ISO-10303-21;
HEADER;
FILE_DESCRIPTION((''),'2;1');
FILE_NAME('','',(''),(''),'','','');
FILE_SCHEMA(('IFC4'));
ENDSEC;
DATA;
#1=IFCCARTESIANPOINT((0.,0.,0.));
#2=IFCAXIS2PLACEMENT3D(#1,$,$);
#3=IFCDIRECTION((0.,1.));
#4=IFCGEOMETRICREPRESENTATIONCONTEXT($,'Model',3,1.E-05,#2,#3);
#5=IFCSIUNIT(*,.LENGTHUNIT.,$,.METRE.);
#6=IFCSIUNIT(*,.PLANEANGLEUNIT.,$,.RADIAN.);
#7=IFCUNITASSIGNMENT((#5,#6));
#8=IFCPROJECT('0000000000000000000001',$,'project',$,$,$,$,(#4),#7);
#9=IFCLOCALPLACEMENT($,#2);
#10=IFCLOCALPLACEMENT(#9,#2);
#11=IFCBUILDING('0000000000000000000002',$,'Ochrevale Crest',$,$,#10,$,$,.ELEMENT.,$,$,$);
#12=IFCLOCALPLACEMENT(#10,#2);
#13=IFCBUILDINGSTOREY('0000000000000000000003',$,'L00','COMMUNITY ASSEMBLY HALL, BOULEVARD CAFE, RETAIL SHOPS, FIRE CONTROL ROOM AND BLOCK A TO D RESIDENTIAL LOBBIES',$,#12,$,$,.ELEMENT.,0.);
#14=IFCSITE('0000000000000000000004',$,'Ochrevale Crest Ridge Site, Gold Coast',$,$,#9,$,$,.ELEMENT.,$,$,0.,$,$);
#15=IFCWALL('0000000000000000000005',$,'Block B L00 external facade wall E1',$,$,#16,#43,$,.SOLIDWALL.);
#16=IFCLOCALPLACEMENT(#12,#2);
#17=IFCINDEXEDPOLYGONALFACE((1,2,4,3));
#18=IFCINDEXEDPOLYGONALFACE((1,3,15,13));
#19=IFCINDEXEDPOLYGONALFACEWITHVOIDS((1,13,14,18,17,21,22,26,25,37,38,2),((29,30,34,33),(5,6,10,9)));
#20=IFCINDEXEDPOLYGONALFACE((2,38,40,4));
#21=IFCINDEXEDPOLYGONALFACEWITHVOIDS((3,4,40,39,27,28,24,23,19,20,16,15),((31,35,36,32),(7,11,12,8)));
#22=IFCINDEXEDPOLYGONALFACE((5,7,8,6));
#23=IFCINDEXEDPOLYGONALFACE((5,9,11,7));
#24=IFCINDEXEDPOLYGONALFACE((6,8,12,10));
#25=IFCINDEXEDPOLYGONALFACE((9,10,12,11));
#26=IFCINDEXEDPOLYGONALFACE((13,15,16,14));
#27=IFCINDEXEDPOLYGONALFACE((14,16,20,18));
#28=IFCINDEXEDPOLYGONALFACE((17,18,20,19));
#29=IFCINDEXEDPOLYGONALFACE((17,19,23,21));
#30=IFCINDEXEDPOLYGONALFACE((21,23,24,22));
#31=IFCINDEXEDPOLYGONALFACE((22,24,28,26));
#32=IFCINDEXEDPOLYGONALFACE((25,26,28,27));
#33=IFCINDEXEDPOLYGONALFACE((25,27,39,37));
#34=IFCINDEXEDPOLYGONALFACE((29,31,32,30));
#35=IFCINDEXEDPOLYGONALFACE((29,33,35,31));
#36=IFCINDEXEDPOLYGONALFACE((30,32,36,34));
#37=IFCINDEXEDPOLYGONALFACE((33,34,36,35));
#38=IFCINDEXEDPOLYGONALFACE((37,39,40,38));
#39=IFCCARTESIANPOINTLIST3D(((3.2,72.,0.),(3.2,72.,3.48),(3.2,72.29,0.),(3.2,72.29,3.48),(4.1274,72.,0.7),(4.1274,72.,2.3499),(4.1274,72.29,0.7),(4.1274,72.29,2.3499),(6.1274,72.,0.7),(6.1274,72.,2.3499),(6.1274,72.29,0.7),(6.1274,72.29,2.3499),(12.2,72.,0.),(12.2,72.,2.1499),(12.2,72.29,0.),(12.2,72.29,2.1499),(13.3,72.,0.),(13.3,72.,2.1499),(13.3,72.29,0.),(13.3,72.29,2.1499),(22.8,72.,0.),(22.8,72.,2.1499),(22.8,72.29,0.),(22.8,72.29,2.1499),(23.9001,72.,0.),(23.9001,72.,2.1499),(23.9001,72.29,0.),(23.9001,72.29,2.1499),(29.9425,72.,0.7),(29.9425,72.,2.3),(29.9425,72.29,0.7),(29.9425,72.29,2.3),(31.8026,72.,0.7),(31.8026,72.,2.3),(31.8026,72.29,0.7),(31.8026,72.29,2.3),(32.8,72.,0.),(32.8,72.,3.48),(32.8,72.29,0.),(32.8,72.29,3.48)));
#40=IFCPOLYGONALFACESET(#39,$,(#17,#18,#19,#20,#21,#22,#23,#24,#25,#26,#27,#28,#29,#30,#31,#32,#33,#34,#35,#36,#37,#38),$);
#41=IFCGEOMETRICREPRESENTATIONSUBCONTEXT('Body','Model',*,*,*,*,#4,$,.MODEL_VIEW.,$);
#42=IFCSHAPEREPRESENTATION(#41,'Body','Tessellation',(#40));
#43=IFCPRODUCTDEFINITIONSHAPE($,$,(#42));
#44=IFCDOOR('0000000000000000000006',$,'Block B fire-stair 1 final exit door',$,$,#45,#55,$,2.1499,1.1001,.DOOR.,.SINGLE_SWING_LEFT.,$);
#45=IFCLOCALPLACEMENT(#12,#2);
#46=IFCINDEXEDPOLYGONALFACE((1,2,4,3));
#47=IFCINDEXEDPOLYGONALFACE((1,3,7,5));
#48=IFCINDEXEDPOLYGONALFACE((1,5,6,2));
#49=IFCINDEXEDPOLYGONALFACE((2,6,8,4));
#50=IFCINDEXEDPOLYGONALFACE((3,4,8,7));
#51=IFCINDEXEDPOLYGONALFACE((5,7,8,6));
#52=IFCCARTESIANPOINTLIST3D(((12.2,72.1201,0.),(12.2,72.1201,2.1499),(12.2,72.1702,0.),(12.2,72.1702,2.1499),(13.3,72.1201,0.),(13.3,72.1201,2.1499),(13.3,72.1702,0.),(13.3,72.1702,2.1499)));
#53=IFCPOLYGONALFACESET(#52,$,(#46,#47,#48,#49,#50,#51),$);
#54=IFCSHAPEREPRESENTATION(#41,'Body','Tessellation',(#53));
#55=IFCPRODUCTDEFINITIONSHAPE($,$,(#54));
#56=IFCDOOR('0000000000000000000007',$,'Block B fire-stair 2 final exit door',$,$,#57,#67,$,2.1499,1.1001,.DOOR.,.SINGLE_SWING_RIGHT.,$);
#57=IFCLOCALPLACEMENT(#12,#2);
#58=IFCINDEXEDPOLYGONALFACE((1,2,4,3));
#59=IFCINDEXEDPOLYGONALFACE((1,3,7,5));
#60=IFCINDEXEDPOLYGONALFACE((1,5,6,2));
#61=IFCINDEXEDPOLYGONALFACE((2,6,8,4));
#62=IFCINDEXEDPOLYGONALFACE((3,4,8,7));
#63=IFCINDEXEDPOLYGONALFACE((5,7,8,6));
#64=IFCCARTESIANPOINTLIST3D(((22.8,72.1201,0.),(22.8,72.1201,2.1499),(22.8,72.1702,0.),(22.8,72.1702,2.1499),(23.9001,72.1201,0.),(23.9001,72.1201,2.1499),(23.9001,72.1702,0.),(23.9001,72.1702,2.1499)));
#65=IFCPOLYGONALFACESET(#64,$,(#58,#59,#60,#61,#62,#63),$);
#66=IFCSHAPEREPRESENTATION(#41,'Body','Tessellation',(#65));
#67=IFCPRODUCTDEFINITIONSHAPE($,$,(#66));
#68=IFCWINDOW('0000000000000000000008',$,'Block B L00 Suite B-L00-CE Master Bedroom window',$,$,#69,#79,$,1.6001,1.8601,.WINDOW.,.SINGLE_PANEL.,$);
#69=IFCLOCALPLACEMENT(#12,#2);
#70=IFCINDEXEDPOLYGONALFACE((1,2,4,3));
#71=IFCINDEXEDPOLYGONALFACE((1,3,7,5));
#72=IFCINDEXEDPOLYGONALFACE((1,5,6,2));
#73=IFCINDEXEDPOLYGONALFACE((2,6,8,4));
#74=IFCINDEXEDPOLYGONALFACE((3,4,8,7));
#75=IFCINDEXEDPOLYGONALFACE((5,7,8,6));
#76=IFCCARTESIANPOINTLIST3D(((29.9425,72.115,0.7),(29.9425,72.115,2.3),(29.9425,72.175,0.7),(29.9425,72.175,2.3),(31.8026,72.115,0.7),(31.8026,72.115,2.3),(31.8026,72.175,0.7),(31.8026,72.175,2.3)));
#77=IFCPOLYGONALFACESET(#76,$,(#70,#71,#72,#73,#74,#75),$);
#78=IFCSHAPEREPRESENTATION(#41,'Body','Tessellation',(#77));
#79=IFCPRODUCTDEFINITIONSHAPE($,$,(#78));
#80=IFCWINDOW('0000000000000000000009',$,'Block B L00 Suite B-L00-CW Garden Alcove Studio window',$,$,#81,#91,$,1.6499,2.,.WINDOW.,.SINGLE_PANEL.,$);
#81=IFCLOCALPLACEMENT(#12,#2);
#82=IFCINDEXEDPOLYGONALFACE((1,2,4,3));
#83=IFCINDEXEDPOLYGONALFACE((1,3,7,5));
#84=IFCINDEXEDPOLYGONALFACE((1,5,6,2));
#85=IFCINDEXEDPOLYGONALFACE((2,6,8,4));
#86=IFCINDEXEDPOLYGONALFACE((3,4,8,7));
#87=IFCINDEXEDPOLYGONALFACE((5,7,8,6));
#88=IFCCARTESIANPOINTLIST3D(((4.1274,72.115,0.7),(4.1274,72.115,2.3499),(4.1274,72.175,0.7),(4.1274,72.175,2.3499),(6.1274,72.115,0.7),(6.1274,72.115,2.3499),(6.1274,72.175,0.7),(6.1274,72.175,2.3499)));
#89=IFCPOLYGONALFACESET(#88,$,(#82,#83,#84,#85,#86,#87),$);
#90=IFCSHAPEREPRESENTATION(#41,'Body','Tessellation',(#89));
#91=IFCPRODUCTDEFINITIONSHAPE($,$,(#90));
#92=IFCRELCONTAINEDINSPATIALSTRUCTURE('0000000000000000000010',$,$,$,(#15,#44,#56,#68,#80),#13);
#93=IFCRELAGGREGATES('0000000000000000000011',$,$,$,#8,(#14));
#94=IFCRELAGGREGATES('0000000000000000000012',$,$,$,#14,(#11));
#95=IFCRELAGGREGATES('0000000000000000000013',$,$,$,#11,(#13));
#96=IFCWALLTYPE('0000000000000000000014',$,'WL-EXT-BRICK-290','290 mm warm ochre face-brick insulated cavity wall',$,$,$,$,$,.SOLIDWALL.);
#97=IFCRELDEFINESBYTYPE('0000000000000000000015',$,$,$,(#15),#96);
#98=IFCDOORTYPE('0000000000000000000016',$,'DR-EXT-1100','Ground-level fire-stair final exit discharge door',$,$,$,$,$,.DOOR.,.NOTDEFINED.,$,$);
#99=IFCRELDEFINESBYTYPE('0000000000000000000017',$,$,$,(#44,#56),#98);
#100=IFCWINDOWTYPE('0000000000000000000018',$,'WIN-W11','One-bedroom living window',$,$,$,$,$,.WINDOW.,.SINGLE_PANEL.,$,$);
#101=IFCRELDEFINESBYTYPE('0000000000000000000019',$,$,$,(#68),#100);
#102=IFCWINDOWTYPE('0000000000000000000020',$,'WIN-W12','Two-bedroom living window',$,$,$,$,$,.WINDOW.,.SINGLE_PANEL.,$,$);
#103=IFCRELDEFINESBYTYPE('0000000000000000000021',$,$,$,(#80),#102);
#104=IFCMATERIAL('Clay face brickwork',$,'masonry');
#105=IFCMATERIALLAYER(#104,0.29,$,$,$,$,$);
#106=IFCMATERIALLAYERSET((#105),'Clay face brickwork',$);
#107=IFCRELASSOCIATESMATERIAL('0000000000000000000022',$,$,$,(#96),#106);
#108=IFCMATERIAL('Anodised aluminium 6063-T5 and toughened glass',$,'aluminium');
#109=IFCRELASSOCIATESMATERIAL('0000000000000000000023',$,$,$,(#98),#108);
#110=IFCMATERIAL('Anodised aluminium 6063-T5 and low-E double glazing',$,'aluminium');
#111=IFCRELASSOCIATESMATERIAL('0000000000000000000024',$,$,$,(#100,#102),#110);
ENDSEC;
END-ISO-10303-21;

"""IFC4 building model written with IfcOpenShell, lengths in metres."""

from ifc_helpers import new_model, si_unit, direction, frame, frame_2d, origin, place, context, subcontext, project, spatial, rectangle, extrude, material, layer, layer_set, type_object, element, fill, save


model = new_model("IFC4")

# Units and contexts
model_context = context("Model", 3, precision=1e-05, world=origin(), true_north=direction((0.0, 1.0)))
body_context = subcontext(model_context, "Body", "Model", "MODEL_VIEW")
ifc_project = project(units=[si_unit("LENGTHUNIT", "METRE"), si_unit("PLANEANGLEUNIT", "RADIAN")], contexts=[model_context])

# Site, building, storey
site_placement = place(None, origin())
site = spatial("IfcSite", under=ifc_project, at=site_placement, Name="Ochrevale Crest Ridge Site, Gold Coast", CompositionType="ELEMENT", RefElevation=0.0)
building_placement = place(site_placement, origin())
building = spatial("IfcBuilding", under=site, at=building_placement, Name="Ochrevale Crest", CompositionType="ELEMENT")
storey_placement = place(building_placement, origin())
storey = spatial("IfcBuildingStorey", under=building, at=storey_placement, Name="L00", Description="COMMUNITY ASSEMBLY HALL, BOULEVARD CAFE, RETAIL SHOPS, FIRE CONTROL ROOM AND BLOCK A TO D RESIDENTIAL LOBBIES", CompositionType="ELEMENT", Elevation=0.0)

# Shared definitions
ifc_material_1 = material(Name="Clay face brickwork", Category="masonry")
ifc_layer_1 = layer(ifc_material_1, 0.29)
ifc_layer_set_1 = layer_set([ifc_layer_1], Name="Clay face brickwork")
wall_type_1 = type_object("IfcWallType", Name="WL-EXT-BRICK-290", Description="290 mm warm ochre face-brick insulated cavity wall", PredefinedType="SOLIDWALL", material=ifc_layer_set_1)
ifc_material_2 = material(Name="Anodised aluminium 6063-T5 and low-E double glazing", Category="aluminium")

# Wall, openings, doors, windows
wall_1_placement = place(storey_placement, frame((3.2, 72.145, 0.0), z_axis=(0.0, 0.0, 1.0), x_axis=(1.0, 0.0, 0.0)))
wall_1 = element("IfcWall", 1, at=wall_1_placement, inside=storey, type_object=wall_type_1, Name="Block B L00 external facade wall E1", PredefinedType="SOLIDWALL", context=body_context, shape_type="SweptSolid", body=[
    extrude(rectangle(XDim=29.6001, YDim=0.29, at=frame_2d((14.8, 0.0))), origin(), (0.0, 0.0, 1.0), 3.48),
])
opening_1_placement = place(wall_1_placement, frame((10.1001, 0.0, 0.0), z_axis=(0.0, 0.0, 1.0), x_axis=(-1.0, 0.0, 0.0)))
opening_1 = element("IfcOpeningElement", 2, at=opening_1_placement, cuts=wall_1, PredefinedType="OPENING", context=body_context, shape_type="SweptSolid", body=[
    extrude(rectangle(XDim=1.1001, YDim=2.1499, at=frame_2d((0.55, 1.075))), frame((0.0, 0.155, 0.0), z_axis=(0.0, -1.0, 0.0), x_axis=(1.0, 0.0, 0.0)), (0.0, 0.0, 1.0), 0.3101),
])
opening_2_placement = place(wall_1_placement, frame((20.7002, 0.0, 0.0), z_axis=(0.0, 0.0, 1.0), x_axis=(-1.0, 0.0, 0.0)))
opening_2 = element("IfcOpeningElement", 3, at=opening_2_placement, cuts=wall_1, PredefinedType="OPENING", context=body_context, shape_type="SweptSolid", body=[
    extrude(rectangle(XDim=1.1001, YDim=2.1499, at=frame_2d((0.55, 1.075))), frame((0.0, 0.155, 0.0), z_axis=(0.0, -1.0, 0.0), x_axis=(1.0, 0.0, 0.0)), (0.0, 0.0, 1.0), 0.3101),
])
opening_3_placement = place(wall_1_placement, frame((26.7424, 0.0, 0.7)))
opening_3 = element("IfcOpeningElement", 4, at=opening_3_placement, cuts=wall_1, PredefinedType="OPENING", context=body_context, shape_type="SweptSolid", body=[
    extrude(rectangle(XDim=1.8601, YDim=1.6001, at=frame_2d((0.9302, 0.8))), frame((0.0, 0.155, 0.0), z_axis=(0.0, -1.0, 0.0), x_axis=(1.0, 0.0, 0.0)), (0.0, 0.0, 1.0), 0.3101),
])
opening_4_placement = place(wall_1_placement, frame((0.9275, 0.0, 0.7)))
opening_4 = element("IfcOpeningElement", 5, at=opening_4_placement, cuts=wall_1, PredefinedType="OPENING", context=body_context, shape_type="SweptSolid", body=[
    extrude(rectangle(XDim=2.0, YDim=1.6499, at=frame_2d((1.0, 0.825))), frame((0.0, 0.155, 0.0), z_axis=(0.0, -1.0, 0.0), x_axis=(1.0, 0.0, 0.0)), (0.0, 0.0, 1.0), 0.3101),
])
ifc_material_3 = material(Name="Anodised aluminium 6063-T5 and toughened glass", Category="aluminium")
door_type = type_object("IfcDoorType", Name="DR-EXT-1100", Description="Ground-level fire-stair final exit discharge door", OperationType="NOTDEFINED", PredefinedType="DOOR", material=ifc_material_3)
door_1_placement = place(opening_1_placement, origin())
door_1 = element("IfcDoor", 6, at=door_1_placement, inside=storey, type_object=door_type, Name="Block B fire-stair 1 final exit door", OperationType="SINGLE_SWING_LEFT", OverallHeight=2.1499, OverallWidth=1.1001, PredefinedType="DOOR", context=body_context, shape_type="SweptSolid", body=[
    extrude(rectangle(XDim=1.1001, YDim=2.1499, at=frame_2d((0.55, 1.075))), frame((0.0, 0.0249, 0.0), z_axis=(0.0, -1.0, 0.0), x_axis=(1.0, 0.0, 0.0)), (0.0, 0.0, 1.0), 0.05),
])
fill(opening_1, door_1)
door_2_placement = place(opening_2_placement, origin())
door_2 = element("IfcDoor", 7, at=door_2_placement, inside=storey, type_object=door_type, Name="Block B fire-stair 2 final exit door", OperationType="SINGLE_SWING_RIGHT", OverallHeight=2.1499, OverallWidth=1.1001, PredefinedType="DOOR", context=body_context, shape_type="SweptSolid", body=[
    extrude(rectangle(XDim=1.1001, YDim=2.1499, at=frame_2d((0.55, 1.075))), frame((0.0, 0.0249, 0.0), z_axis=(0.0, -1.0, 0.0), x_axis=(1.0, 0.0, 0.0)), (0.0, 0.0, 1.0), 0.05),
])
fill(opening_2, door_2)
window_type_1 = type_object("IfcWindowType", Name="WIN-W11", Description="One-bedroom living window", PartitioningType="SINGLE_PANEL", PredefinedType="WINDOW", material=ifc_material_2)
window_1_placement = place(opening_3_placement, origin())
window_1 = element("IfcWindow", 8, at=window_1_placement, inside=storey, type_object=window_type_1, Name="Block B L00 Suite B-L00-CE Master Bedroom window", OverallHeight=1.6001, OverallWidth=1.8601, PartitioningType="SINGLE_PANEL", PredefinedType="WINDOW", context=body_context, shape_type="SweptSolid", body=[
    extrude(rectangle(XDim=1.8601, YDim=1.6001, at=frame_2d((0.9302, 0.8))), frame((0.0, 0.03, 0.0), z_axis=(0.0, -1.0, 0.0), x_axis=(1.0, 0.0, 0.0)), (0.0, 0.0, 1.0), 0.0601),
])
fill(opening_3, window_1)
window_type_2 = type_object("IfcWindowType", Name="WIN-W12", Description="Two-bedroom living window", PartitioningType="SINGLE_PANEL", PredefinedType="WINDOW", material=ifc_material_2)
window_2_placement = place(opening_4_placement, origin())
window_2 = element("IfcWindow", 9, at=window_2_placement, inside=storey, type_object=window_type_2, Name="Block B L00 Suite B-L00-CW Garden Alcove Studio window", OverallHeight=1.6499, OverallWidth=2.0, PartitioningType="SINGLE_PANEL", PredefinedType="WINDOW", context=body_context, shape_type="SweptSolid", body=[
    extrude(rectangle(XDim=2.0, YDim=1.6499, at=frame_2d((1.0, 0.825))), frame((0.0, 0.03, 0.0), z_axis=(0.0, -1.0, 0.0), x_axis=(1.0, 0.0, 0.0)), (0.0, 0.0, 1.0), 0.0601),
])
fill(opening_4, window_2)

save(model, "model.ifc")
